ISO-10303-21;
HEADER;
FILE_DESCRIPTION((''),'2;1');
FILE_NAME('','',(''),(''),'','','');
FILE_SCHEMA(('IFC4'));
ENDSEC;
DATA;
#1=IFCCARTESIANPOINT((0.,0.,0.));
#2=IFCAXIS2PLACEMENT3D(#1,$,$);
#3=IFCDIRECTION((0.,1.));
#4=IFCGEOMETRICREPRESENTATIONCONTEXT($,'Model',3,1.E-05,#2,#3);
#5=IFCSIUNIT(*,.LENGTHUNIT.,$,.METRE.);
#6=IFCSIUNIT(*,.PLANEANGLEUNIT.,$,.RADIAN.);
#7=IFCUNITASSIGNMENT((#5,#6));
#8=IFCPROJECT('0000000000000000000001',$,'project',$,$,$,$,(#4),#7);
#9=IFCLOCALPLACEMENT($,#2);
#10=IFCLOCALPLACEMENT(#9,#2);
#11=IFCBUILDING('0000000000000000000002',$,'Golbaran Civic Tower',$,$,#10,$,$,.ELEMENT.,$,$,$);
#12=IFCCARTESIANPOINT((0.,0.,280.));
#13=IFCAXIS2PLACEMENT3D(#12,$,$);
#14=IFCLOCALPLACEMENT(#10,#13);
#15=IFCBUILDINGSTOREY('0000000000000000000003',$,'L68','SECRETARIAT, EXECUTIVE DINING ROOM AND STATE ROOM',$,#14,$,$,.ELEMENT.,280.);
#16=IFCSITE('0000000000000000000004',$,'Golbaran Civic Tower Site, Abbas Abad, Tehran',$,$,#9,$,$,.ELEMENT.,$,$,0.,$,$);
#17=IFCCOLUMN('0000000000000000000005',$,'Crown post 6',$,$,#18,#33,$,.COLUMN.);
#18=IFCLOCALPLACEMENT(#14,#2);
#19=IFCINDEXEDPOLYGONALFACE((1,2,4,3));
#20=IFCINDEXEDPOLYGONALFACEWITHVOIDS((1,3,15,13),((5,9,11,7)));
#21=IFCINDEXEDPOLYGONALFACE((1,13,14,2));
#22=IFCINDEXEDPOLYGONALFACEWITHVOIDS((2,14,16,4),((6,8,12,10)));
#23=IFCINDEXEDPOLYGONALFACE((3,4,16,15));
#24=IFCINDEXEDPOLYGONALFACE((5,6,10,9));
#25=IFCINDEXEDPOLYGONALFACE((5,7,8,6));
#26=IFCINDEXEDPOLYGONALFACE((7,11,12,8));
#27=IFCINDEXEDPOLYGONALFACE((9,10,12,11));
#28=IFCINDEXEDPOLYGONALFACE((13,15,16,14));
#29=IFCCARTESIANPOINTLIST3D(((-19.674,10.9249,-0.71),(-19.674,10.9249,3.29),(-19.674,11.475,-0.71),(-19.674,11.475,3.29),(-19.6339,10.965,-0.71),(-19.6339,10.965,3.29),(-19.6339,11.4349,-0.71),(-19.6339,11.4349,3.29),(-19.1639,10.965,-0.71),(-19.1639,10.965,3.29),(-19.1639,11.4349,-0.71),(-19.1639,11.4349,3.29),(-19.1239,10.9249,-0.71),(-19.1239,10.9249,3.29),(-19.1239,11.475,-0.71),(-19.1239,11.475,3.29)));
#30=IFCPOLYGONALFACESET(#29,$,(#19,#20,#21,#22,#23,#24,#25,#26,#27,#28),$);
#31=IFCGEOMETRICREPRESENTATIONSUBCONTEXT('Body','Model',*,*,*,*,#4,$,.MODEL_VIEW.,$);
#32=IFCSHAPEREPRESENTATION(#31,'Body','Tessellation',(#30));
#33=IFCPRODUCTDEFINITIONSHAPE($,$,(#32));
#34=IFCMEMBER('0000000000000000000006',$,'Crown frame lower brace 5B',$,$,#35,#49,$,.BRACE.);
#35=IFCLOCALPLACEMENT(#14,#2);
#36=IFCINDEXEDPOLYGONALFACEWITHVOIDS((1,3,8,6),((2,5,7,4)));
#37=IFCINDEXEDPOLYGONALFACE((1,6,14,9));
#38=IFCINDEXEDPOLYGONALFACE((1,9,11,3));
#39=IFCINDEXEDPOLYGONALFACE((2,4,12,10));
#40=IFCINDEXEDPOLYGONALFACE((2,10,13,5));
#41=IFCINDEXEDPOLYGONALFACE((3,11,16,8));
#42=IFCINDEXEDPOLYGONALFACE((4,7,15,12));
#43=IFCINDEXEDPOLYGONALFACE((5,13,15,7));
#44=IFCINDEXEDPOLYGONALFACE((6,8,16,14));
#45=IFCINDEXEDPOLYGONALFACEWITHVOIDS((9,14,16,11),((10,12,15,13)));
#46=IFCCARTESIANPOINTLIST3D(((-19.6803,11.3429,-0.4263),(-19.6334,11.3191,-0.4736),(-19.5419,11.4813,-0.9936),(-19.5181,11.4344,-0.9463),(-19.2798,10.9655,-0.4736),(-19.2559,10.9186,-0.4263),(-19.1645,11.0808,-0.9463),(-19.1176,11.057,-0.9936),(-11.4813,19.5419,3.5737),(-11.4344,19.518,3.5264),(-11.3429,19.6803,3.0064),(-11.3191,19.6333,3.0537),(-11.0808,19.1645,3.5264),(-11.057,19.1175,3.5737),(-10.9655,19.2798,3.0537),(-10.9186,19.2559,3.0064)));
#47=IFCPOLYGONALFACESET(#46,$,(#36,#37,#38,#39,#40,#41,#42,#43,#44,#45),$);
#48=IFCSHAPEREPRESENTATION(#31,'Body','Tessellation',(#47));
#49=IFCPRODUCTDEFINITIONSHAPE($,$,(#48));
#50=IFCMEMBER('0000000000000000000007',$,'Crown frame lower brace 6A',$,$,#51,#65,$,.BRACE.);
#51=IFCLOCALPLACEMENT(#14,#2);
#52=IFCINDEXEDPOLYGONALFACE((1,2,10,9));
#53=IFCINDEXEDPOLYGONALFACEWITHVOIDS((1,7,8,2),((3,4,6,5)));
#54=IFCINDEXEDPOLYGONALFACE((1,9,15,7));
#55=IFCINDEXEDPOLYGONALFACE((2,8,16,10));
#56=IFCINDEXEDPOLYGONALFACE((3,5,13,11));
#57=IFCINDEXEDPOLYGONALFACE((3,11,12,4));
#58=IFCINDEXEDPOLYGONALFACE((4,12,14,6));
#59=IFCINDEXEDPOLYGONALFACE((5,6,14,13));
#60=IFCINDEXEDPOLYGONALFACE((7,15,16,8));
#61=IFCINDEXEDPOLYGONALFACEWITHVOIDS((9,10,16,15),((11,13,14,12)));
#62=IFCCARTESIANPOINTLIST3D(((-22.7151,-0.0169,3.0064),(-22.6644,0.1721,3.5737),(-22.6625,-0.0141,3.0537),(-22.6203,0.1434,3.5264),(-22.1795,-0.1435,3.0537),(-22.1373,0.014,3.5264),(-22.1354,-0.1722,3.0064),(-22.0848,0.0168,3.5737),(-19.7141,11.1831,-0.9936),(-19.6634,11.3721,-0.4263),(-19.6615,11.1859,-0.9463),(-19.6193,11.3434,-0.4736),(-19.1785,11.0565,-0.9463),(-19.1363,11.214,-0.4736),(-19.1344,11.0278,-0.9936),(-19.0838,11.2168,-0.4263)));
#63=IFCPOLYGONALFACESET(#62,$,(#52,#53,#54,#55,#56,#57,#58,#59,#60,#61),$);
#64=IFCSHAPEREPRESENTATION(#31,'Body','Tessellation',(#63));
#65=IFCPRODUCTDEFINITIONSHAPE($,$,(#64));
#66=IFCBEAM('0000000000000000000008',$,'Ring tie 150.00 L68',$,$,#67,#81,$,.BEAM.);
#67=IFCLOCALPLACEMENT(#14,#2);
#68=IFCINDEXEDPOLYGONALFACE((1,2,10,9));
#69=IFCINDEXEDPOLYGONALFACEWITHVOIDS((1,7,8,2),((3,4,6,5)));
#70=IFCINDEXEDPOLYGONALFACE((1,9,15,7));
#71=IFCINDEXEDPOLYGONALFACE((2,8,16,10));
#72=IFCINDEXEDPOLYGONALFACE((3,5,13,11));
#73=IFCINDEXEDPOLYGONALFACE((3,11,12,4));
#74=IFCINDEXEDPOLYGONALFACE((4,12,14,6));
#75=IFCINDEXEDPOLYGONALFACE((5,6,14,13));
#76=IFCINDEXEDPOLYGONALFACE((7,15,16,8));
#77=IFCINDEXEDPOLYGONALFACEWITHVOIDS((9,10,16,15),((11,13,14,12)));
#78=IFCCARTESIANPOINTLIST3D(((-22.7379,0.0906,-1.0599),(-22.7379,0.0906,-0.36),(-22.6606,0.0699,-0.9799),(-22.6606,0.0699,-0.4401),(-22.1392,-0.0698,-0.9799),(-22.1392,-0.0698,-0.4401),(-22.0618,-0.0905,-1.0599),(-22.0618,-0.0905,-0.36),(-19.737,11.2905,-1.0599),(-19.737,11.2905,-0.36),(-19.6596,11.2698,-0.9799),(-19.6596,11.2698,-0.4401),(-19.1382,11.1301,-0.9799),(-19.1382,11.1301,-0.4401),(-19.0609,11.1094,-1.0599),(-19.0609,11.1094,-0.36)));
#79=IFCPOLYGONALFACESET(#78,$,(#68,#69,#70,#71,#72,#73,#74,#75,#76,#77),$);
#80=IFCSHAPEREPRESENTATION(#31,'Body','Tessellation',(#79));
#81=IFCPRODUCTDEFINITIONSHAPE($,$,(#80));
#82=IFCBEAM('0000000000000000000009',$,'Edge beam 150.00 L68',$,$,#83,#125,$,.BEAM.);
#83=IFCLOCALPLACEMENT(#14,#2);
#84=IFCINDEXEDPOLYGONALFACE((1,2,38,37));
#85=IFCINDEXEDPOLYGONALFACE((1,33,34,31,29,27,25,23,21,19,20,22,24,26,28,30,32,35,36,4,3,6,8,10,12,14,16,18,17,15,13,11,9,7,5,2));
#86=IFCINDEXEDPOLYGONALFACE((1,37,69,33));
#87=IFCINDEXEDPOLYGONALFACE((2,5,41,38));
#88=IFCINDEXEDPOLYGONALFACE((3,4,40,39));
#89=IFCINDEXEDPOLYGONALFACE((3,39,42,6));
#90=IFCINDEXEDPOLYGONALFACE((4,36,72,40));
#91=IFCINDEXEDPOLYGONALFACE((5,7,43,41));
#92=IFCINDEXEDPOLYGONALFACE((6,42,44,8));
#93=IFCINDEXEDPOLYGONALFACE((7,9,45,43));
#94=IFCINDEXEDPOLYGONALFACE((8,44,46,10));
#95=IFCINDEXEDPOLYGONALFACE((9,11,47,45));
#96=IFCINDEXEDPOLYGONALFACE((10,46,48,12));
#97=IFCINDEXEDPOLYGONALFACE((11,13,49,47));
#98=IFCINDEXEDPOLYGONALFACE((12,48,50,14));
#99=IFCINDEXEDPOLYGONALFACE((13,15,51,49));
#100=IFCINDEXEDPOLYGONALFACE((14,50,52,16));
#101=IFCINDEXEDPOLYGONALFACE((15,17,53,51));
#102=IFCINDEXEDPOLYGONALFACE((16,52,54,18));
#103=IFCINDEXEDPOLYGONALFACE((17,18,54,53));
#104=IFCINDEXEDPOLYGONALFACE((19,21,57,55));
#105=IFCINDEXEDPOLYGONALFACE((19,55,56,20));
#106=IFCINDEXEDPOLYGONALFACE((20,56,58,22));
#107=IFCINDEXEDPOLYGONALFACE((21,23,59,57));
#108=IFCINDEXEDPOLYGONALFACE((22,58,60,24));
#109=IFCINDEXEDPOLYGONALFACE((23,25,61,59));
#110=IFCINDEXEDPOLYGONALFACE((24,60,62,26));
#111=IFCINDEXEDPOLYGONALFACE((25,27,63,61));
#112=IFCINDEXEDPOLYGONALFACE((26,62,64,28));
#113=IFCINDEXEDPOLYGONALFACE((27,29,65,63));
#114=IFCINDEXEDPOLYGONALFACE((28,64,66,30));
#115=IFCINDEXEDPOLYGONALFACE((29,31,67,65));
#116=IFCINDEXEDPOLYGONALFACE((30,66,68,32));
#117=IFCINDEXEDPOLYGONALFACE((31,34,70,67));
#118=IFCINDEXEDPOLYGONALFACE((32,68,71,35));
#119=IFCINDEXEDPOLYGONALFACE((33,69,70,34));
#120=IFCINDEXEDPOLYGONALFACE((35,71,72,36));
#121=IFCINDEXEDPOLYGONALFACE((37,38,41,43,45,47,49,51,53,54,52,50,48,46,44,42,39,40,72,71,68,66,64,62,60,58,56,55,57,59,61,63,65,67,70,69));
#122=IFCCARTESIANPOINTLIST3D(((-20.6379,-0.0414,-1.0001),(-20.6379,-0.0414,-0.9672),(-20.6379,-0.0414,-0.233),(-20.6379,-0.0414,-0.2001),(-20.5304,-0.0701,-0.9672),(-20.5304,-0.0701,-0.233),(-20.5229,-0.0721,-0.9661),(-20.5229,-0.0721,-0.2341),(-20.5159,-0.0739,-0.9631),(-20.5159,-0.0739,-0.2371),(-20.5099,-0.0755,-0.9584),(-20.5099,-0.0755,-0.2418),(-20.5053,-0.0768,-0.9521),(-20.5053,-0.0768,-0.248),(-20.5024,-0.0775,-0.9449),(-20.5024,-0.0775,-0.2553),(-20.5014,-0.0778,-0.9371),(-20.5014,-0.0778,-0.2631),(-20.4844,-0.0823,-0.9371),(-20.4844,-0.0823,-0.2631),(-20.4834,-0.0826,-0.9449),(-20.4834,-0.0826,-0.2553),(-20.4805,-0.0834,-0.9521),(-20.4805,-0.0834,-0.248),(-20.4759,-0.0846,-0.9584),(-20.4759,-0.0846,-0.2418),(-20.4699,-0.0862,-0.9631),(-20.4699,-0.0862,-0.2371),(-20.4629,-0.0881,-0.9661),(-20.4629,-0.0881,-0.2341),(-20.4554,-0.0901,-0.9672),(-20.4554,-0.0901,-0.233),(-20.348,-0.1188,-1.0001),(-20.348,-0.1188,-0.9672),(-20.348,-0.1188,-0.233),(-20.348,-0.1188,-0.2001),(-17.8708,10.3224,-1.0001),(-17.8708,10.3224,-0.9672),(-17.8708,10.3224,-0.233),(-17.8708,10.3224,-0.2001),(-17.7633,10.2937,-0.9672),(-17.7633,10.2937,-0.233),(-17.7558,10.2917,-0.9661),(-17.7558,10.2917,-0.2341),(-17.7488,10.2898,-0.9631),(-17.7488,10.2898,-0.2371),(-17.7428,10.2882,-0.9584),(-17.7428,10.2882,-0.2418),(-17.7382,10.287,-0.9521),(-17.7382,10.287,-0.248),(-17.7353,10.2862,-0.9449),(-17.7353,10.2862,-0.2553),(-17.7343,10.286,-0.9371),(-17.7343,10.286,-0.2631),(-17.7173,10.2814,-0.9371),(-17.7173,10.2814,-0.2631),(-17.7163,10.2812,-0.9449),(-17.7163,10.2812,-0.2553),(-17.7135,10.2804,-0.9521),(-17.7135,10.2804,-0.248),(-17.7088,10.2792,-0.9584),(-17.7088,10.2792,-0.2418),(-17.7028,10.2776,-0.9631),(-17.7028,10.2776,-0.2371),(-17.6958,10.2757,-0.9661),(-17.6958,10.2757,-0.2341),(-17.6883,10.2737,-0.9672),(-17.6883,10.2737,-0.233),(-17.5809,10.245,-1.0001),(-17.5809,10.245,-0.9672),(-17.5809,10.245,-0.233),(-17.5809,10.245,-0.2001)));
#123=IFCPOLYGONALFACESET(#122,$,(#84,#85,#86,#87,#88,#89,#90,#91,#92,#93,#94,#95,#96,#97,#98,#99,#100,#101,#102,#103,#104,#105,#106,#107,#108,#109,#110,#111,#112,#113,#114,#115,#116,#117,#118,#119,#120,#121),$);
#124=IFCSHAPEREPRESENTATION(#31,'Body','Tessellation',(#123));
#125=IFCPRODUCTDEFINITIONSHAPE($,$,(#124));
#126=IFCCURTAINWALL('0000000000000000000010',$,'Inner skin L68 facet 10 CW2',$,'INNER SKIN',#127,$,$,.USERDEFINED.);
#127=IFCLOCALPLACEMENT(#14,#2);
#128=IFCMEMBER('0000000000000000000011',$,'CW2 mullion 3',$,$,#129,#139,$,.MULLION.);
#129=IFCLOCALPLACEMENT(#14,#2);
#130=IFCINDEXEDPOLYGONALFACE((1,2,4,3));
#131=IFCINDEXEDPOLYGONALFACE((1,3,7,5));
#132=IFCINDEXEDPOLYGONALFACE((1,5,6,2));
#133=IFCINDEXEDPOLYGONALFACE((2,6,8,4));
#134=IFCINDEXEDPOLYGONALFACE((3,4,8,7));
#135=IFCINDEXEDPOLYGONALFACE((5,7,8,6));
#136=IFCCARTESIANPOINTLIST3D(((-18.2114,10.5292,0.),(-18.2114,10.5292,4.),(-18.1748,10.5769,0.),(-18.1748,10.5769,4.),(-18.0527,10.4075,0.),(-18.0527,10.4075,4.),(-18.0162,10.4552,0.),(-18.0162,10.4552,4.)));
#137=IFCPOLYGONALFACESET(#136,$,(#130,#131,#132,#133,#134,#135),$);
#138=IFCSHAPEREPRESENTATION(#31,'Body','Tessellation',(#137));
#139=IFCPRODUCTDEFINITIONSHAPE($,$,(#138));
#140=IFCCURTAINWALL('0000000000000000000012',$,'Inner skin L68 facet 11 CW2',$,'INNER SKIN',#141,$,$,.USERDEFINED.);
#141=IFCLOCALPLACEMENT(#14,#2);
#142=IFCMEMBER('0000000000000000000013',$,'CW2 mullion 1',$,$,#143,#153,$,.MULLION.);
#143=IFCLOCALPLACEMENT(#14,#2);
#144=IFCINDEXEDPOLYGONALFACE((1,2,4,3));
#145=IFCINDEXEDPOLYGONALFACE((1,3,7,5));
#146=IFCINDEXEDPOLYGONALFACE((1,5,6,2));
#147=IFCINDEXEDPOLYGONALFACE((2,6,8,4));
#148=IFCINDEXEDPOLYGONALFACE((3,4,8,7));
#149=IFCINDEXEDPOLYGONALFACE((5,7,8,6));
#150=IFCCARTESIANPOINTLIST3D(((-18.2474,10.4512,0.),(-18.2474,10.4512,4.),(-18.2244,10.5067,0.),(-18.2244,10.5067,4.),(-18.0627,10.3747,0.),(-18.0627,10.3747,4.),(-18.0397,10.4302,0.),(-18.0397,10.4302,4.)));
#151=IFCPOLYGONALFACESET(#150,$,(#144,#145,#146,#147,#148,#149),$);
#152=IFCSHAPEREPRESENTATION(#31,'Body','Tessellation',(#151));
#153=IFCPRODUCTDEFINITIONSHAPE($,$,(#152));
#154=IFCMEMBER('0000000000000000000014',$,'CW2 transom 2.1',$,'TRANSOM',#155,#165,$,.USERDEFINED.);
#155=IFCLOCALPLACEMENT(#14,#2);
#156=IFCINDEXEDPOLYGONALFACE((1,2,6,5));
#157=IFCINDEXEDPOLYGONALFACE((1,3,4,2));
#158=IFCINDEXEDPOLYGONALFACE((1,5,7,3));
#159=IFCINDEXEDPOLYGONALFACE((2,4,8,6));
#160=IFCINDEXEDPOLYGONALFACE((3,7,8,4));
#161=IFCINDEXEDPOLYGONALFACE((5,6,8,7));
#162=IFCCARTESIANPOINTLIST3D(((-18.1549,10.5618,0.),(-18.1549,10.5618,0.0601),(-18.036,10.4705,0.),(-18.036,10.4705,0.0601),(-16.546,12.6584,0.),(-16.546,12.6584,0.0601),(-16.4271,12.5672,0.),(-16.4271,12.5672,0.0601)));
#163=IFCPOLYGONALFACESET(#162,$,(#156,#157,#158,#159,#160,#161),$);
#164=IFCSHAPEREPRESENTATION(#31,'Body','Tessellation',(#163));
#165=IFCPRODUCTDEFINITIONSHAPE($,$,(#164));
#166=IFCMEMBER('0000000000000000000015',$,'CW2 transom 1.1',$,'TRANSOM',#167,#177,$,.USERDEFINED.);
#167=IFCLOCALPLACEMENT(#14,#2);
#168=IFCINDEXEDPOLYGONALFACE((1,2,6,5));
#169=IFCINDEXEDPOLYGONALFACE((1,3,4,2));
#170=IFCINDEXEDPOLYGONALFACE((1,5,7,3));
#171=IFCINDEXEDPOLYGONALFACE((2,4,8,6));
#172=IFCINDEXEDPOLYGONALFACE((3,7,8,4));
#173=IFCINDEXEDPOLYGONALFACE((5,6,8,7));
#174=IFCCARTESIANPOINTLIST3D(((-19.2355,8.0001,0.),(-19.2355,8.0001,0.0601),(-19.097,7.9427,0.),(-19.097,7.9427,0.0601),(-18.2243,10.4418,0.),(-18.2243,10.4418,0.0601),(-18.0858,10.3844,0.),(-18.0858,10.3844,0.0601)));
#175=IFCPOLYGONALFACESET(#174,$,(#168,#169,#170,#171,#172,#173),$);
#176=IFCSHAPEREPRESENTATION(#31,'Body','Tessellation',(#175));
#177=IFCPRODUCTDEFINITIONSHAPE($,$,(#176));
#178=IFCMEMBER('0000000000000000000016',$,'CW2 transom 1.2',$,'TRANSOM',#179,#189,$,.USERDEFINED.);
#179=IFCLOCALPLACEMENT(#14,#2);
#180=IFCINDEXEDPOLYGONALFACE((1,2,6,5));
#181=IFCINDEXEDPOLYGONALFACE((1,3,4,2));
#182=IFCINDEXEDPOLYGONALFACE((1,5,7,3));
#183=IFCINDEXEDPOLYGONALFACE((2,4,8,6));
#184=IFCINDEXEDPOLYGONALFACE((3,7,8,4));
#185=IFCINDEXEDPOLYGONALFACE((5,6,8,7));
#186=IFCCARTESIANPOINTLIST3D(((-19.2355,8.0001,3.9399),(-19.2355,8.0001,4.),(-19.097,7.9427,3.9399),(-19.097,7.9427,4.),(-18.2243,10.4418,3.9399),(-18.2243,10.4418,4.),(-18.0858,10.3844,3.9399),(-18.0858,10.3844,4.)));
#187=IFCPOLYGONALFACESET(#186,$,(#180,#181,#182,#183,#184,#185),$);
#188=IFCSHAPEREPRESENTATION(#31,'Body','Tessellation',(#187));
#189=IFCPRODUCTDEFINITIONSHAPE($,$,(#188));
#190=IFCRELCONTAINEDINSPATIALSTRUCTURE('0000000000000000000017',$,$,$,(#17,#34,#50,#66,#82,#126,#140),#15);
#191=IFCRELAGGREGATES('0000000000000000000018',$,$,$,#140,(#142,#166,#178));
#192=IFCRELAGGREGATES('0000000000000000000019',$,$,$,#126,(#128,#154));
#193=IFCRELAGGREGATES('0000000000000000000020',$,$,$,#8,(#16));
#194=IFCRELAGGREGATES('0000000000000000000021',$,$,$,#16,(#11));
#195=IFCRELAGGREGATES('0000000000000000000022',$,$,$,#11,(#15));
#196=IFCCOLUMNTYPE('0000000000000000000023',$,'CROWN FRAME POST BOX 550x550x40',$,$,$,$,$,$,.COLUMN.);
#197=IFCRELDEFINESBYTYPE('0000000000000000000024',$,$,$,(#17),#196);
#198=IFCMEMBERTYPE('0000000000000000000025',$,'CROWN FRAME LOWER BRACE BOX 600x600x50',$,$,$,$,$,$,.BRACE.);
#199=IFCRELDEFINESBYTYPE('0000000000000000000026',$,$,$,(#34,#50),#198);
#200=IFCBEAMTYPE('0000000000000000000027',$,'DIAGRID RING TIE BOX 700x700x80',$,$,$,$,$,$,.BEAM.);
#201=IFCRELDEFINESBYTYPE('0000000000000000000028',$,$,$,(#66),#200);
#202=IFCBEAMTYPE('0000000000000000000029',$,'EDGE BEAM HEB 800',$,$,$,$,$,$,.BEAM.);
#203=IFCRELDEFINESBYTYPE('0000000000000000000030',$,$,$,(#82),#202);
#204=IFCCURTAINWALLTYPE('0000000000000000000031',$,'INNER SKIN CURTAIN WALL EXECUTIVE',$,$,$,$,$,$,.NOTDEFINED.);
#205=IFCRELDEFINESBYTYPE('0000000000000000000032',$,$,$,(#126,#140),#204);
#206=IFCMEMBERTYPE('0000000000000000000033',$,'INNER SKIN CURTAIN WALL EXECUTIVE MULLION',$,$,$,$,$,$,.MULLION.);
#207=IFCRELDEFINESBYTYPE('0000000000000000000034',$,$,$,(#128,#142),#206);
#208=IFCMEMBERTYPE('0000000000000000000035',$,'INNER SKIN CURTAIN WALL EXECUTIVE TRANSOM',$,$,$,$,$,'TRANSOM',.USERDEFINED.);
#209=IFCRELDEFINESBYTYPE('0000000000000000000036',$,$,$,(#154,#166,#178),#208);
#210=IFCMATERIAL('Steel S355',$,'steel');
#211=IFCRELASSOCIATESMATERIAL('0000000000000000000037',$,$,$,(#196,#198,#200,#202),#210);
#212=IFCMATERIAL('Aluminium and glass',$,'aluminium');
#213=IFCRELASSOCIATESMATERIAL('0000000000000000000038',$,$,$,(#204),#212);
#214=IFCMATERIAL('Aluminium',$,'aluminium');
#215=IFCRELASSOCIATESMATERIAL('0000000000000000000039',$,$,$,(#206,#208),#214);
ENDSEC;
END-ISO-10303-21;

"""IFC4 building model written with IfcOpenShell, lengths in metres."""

from ifc_helpers import new_model, si_unit, direction, frame, origin, origin_2d, place, context, subcontext, project, spatial, rectangle, hollow_rectangle, i_section, extrude, material, material_profile, profile_set, type_object, element, aggregate, save


model = new_model("IFC4")

# Units and contexts
model_context = context("Model", 3, precision=1e-05, world=origin(), true_north=direction((0.0, 1.0)))
body_context = subcontext(model_context, "Body", "Model", "MODEL_VIEW")
ifc_project = project(units=[si_unit("LENGTHUNIT", "METRE"), si_unit("PLANEANGLEUNIT", "RADIAN")], contexts=[model_context])

# Site, building, storey
site_placement = place(None, origin())
site = spatial("IfcSite", under=ifc_project, at=site_placement, Name="Golbaran Civic Tower Site, Abbas Abad, Tehran", CompositionType="ELEMENT", RefElevation=0.0)
building_placement = place(site_placement, origin())
building = spatial("IfcBuilding", under=site, at=building_placement, Name="Golbaran Civic Tower", CompositionType="ELEMENT")
storey_placement = place(building_placement, frame((0.0, 0.0, 280.0)))
storey = spatial("IfcBuildingStorey", under=building, at=storey_placement, Name="L68", Description="SECRETARIAT, EXECUTIVE DINING ROOM AND STATE ROOM", CompositionType="ELEMENT", Elevation=280.0)

# Column
ifc_material_1 = material(Name="Steel S355", Category="steel")
ifc_material_profile_1 = material_profile(ifc_material_1, hollow_rectangle(XDim=0.55, YDim=0.55, WallThickness=0.04, at=origin_2d()), Name="BOX 550x550x40")
ifc_profile_set_1 = profile_set([ifc_material_profile_1], Name="Steel S355")
column_type = type_object("IfcColumnType", Name="CROWN FRAME POST BOX 550x550x40", PredefinedType="COLUMN", material=ifc_profile_set_1)
column_placement = place(storey_placement, frame((-19.3989, 11.2, -0.71), z_axis=(0.0, 0.0, 1.0), x_axis=(1.0, 0.0, 0.0)))
element("IfcColumn", 1, at=column_placement, inside=storey, type_object=column_type, Name="Crown post 6", PredefinedType="COLUMN", context=body_context, shape_type="SweptSolid", body=[
    extrude(hollow_rectangle(XDim=0.55, YDim=0.55, WallThickness=0.04, at=origin_2d()), origin(), (0.0, 0.0, 1.0), 4.0),
])

# Members
ifc_material_profile_2 = material_profile(ifc_material_1, hollow_rectangle(XDim=0.6001, YDim=0.6001, WallThickness=0.05, at=origin_2d()), Name="BOX 600x600x50")
ifc_profile_set_2 = profile_set([ifc_material_profile_2], Name="Steel S355")
member_type_1 = type_object("IfcMemberType", Name="CROWN FRAME LOWER BRACE BOX 600x600x50", PredefinedType="BRACE", material=ifc_profile_set_2)
for number, where, z_axis, x_axis, name in (
    (2, (-19.3989, 11.2, -0.71), (0.66845, 0.66845, 0.326114), (-0.707107, 0.707107, 0.0), "Crown frame lower brace 5B"),
    (3, (-19.3989, 11.2, -0.71), (-0.244666, -0.913119, 0.326116), (0.965927, -0.258816, 0.0), "Crown frame lower brace 6A"),
):
    element("IfcMember", number, at=place(storey_placement, frame(where, z_axis=z_axis, x_axis=x_axis)), inside=storey, type_object=member_type_1, Name=name, PredefinedType="BRACE", context=body_context, shape_type="SweptSolid", body=[
        extrude(hollow_rectangle(XDim=0.6001, YDim=0.6001, WallThickness=0.05, at=origin_2d()), origin(), (0.0, 0.0, 1.0), 12.2656),
    ])

# Beams
ifc_material_profile_3 = material_profile(ifc_material_1, hollow_rectangle(XDim=0.7, YDim=0.7, WallThickness=0.0801, at=origin_2d()), Name="BOX 700x700x80")
ifc_profile_set_3 = profile_set([ifc_material_profile_3], Name="Steel S355")
beam_type_1 = type_object("IfcBeamType", Name="DIAGRID RING TIE BOX 700x700x80", PredefinedType="BEAM", material=ifc_profile_set_3)
beam_1_placement = place(storey_placement, frame((-19.3989, 11.2, -0.71), z_axis=(-0.258816, -0.965927, 0.0), x_axis=(0.965927, -0.258816, 0.0)))
element("IfcBeam", 4, at=beam_1_placement, inside=storey, type_object=beam_type_1, Name="Ring tie 150.00 L68", PredefinedType="BEAM", context=body_context, shape_type="SweptSolid", body=[
    extrude(hollow_rectangle(XDim=0.7, YDim=0.7, WallThickness=0.0801, at=origin_2d()), origin(), (0.0, 0.0, 1.0), 11.595),
])
ifc_material_profile_4 = material_profile(ifc_material_1, i_section(OverallWidth=0.3, OverallDepth=0.8, WebThickness=0.0176, FlangeThickness=0.033, FilletRadius=0.03, at=origin_2d()), Name="HEB 800")
ifc_profile_set_4 = profile_set([ifc_material_profile_4], Name="Steel S355")
beam_type_2 = type_object("IfcBeamType", Name="EDGE BEAM HEB 800", PredefinedType="BEAM", material=ifc_profile_set_4)
beam_2_placement = place(storey_placement, frame((-17.7258, 10.2837, -0.6001), z_axis=(-0.25796, -0.966156, 0.0), x_axis=(0.966156, -0.25796, 0.0)))
element("IfcBeam", 5, at=beam_2_placement, inside=storey, type_object=beam_type_2, Name="Edge beam 150.00 L68", PredefinedType="BEAM", context=body_context, shape_type="SweptSolid", body=[
    extrude(i_section(OverallWidth=0.3, OverallDepth=0.8, WebThickness=0.0176, FlangeThickness=0.033, FilletRadius=0.03, at=origin_2d()), origin(), (0.0, 0.0, 1.0), 10.7268),
])

# Curtain walls, members
ifc_material_2 = material(Name="Aluminium and glass", Category="aluminium")
curtain_wall_type_1 = type_object("IfcCurtainWallType", Name="INNER SKIN CURTAIN WALL EXECUTIVE", PredefinedType="NOTDEFINED", material=ifc_material_2)
curtain_wall_1_placement = place(storey_placement, origin())
curtain_wall_1 = element("IfcCurtainWall", 6, at=curtain_wall_1_placement, inside=storey, type_object=curtain_wall_type_1, Name="Inner skin L68 facet 10 CW2", ObjectType="INNER SKIN", PredefinedType="USERDEFINED")
ifc_material_3 = material(Name="Aluminium", Category="aluminium")
ifc_material_profile_5 = material_profile(ifc_material_3, rectangle(XDim=0.2, YDim=0.0601, at=origin_2d()), Name="INNER SKIN CURTAIN WALL EXECUTIVE MULLION")
ifc_profile_set_5 = profile_set([ifc_material_profile_5], Name="Aluminium")
member_type_2 = type_object("IfcMemberType", Name="INNER SKIN CURTAIN WALL EXECUTIVE MULLION", PredefinedType="MULLION", material=ifc_profile_set_5)
member_1_placement = place(storey_placement, frame((-18.1138, 10.4922, 0.0), z_axis=(0.0, 0.0, 1.0), x_axis=(0.793353, -0.608761, 0.0)))
member_1 = element("IfcMember", 7, at=member_1_placement, type_object=member_type_2, Name="CW2 mullion 3", PredefinedType="MULLION", context=body_context, shape_type="SweptSolid", body=[
    extrude(rectangle(XDim=0.2, YDim=0.0601, at=origin_2d()), origin(), (0.0, 0.0, 1.0), 4.0),
])
curtain_wall_2_placement = place(storey_placement, origin())
curtain_wall_2 = element("IfcCurtainWall", 8, at=curtain_wall_2_placement, inside=storey, type_object=curtain_wall_type_1, Name="Inner skin L68 facet 11 CW2", ObjectType="INNER SKIN", PredefinedType="USERDEFINED")
member_2_placement = place(storey_placement, frame((-18.1436, 10.4407, 0.0), z_axis=(0.0, 0.0, 1.0), x_axis=(0.92388, -0.382683, 0.0)))
member_2 = element("IfcMember", 9, at=member_2_placement, type_object=member_type_2, Name="CW2 mullion 1", PredefinedType="MULLION", context=body_context, shape_type="SweptSolid", body=[
    extrude(rectangle(XDim=0.2, YDim=0.0601, at=origin_2d()), origin(), (0.0, 0.0, 1.0), 4.0),
])

# Members
ifc_material_profile_6 = material_profile(ifc_material_3, rectangle(XDim=0.1499, YDim=0.0601, at=origin_2d()), Name="INNER SKIN CURTAIN WALL EXECUTIVE TRANSOM")
ifc_profile_set_6 = profile_set([ifc_material_profile_6], Name="Aluminium")
member_type_3 = type_object("IfcMemberType", Name="INNER SKIN CURTAIN WALL EXECUTIVE TRANSOM", ElementType="TRANSOM", PredefinedType="USERDEFINED", material=ifc_profile_set_6)
member_3_placement = place(storey_placement, frame((-16.4866, 12.6128, 0.03), z_axis=(-0.608773, -0.793345, 0.0), x_axis=(0.793345, -0.608773, 0.0)))
member_3 = element("IfcMember", 10, at=member_3_placement, type_object=member_type_3, Name="CW2 transom 2.1", ObjectType="TRANSOM", PredefinedType="USERDEFINED", context=body_context, shape_type="SweptSolid", body=[
    extrude(rectangle(XDim=0.1499, YDim=0.0601, at=origin_2d()), origin(), (0.0, 0.0, 1.0), 2.6428),
])
member_4_placement = place(storey_placement, frame((-18.155, 10.4131, 0.03), z_axis=(-0.38264, -0.923897, 0.0), x_axis=(0.923897, -0.38264, 0.0)))
member_4 = element("IfcMember", 11, at=member_4_placement, type_object=member_type_3, Name="CW2 transom 1.1", ObjectType="TRANSOM", PredefinedType="USERDEFINED", context=body_context, shape_type="SweptSolid", body=[
    extrude(rectangle(XDim=0.1499, YDim=0.0601, at=origin_2d()), origin(), (0.0, 0.0, 1.0), 2.6428),
])
member_5_placement = place(storey_placement, frame((-18.155, 10.4131, 3.97), z_axis=(-0.38264, -0.923897, 0.0), x_axis=(0.923897, -0.38264, 0.0)))
member_5 = element("IfcMember", 12, at=member_5_placement, type_object=member_type_3, Name="CW2 transom 1.2", ObjectType="TRANSOM", PredefinedType="USERDEFINED", context=body_context, shape_type="SweptSolid", body=[
    extrude(rectangle(XDim=0.1499, YDim=0.0601, at=origin_2d()), origin(), (0.0, 0.0, 1.0), 2.6428),
])
aggregate(curtain_wall_2, [member_2, member_4, member_5])

aggregate(curtain_wall_1, [member_1, member_3])

save(model, "model.ifc")
